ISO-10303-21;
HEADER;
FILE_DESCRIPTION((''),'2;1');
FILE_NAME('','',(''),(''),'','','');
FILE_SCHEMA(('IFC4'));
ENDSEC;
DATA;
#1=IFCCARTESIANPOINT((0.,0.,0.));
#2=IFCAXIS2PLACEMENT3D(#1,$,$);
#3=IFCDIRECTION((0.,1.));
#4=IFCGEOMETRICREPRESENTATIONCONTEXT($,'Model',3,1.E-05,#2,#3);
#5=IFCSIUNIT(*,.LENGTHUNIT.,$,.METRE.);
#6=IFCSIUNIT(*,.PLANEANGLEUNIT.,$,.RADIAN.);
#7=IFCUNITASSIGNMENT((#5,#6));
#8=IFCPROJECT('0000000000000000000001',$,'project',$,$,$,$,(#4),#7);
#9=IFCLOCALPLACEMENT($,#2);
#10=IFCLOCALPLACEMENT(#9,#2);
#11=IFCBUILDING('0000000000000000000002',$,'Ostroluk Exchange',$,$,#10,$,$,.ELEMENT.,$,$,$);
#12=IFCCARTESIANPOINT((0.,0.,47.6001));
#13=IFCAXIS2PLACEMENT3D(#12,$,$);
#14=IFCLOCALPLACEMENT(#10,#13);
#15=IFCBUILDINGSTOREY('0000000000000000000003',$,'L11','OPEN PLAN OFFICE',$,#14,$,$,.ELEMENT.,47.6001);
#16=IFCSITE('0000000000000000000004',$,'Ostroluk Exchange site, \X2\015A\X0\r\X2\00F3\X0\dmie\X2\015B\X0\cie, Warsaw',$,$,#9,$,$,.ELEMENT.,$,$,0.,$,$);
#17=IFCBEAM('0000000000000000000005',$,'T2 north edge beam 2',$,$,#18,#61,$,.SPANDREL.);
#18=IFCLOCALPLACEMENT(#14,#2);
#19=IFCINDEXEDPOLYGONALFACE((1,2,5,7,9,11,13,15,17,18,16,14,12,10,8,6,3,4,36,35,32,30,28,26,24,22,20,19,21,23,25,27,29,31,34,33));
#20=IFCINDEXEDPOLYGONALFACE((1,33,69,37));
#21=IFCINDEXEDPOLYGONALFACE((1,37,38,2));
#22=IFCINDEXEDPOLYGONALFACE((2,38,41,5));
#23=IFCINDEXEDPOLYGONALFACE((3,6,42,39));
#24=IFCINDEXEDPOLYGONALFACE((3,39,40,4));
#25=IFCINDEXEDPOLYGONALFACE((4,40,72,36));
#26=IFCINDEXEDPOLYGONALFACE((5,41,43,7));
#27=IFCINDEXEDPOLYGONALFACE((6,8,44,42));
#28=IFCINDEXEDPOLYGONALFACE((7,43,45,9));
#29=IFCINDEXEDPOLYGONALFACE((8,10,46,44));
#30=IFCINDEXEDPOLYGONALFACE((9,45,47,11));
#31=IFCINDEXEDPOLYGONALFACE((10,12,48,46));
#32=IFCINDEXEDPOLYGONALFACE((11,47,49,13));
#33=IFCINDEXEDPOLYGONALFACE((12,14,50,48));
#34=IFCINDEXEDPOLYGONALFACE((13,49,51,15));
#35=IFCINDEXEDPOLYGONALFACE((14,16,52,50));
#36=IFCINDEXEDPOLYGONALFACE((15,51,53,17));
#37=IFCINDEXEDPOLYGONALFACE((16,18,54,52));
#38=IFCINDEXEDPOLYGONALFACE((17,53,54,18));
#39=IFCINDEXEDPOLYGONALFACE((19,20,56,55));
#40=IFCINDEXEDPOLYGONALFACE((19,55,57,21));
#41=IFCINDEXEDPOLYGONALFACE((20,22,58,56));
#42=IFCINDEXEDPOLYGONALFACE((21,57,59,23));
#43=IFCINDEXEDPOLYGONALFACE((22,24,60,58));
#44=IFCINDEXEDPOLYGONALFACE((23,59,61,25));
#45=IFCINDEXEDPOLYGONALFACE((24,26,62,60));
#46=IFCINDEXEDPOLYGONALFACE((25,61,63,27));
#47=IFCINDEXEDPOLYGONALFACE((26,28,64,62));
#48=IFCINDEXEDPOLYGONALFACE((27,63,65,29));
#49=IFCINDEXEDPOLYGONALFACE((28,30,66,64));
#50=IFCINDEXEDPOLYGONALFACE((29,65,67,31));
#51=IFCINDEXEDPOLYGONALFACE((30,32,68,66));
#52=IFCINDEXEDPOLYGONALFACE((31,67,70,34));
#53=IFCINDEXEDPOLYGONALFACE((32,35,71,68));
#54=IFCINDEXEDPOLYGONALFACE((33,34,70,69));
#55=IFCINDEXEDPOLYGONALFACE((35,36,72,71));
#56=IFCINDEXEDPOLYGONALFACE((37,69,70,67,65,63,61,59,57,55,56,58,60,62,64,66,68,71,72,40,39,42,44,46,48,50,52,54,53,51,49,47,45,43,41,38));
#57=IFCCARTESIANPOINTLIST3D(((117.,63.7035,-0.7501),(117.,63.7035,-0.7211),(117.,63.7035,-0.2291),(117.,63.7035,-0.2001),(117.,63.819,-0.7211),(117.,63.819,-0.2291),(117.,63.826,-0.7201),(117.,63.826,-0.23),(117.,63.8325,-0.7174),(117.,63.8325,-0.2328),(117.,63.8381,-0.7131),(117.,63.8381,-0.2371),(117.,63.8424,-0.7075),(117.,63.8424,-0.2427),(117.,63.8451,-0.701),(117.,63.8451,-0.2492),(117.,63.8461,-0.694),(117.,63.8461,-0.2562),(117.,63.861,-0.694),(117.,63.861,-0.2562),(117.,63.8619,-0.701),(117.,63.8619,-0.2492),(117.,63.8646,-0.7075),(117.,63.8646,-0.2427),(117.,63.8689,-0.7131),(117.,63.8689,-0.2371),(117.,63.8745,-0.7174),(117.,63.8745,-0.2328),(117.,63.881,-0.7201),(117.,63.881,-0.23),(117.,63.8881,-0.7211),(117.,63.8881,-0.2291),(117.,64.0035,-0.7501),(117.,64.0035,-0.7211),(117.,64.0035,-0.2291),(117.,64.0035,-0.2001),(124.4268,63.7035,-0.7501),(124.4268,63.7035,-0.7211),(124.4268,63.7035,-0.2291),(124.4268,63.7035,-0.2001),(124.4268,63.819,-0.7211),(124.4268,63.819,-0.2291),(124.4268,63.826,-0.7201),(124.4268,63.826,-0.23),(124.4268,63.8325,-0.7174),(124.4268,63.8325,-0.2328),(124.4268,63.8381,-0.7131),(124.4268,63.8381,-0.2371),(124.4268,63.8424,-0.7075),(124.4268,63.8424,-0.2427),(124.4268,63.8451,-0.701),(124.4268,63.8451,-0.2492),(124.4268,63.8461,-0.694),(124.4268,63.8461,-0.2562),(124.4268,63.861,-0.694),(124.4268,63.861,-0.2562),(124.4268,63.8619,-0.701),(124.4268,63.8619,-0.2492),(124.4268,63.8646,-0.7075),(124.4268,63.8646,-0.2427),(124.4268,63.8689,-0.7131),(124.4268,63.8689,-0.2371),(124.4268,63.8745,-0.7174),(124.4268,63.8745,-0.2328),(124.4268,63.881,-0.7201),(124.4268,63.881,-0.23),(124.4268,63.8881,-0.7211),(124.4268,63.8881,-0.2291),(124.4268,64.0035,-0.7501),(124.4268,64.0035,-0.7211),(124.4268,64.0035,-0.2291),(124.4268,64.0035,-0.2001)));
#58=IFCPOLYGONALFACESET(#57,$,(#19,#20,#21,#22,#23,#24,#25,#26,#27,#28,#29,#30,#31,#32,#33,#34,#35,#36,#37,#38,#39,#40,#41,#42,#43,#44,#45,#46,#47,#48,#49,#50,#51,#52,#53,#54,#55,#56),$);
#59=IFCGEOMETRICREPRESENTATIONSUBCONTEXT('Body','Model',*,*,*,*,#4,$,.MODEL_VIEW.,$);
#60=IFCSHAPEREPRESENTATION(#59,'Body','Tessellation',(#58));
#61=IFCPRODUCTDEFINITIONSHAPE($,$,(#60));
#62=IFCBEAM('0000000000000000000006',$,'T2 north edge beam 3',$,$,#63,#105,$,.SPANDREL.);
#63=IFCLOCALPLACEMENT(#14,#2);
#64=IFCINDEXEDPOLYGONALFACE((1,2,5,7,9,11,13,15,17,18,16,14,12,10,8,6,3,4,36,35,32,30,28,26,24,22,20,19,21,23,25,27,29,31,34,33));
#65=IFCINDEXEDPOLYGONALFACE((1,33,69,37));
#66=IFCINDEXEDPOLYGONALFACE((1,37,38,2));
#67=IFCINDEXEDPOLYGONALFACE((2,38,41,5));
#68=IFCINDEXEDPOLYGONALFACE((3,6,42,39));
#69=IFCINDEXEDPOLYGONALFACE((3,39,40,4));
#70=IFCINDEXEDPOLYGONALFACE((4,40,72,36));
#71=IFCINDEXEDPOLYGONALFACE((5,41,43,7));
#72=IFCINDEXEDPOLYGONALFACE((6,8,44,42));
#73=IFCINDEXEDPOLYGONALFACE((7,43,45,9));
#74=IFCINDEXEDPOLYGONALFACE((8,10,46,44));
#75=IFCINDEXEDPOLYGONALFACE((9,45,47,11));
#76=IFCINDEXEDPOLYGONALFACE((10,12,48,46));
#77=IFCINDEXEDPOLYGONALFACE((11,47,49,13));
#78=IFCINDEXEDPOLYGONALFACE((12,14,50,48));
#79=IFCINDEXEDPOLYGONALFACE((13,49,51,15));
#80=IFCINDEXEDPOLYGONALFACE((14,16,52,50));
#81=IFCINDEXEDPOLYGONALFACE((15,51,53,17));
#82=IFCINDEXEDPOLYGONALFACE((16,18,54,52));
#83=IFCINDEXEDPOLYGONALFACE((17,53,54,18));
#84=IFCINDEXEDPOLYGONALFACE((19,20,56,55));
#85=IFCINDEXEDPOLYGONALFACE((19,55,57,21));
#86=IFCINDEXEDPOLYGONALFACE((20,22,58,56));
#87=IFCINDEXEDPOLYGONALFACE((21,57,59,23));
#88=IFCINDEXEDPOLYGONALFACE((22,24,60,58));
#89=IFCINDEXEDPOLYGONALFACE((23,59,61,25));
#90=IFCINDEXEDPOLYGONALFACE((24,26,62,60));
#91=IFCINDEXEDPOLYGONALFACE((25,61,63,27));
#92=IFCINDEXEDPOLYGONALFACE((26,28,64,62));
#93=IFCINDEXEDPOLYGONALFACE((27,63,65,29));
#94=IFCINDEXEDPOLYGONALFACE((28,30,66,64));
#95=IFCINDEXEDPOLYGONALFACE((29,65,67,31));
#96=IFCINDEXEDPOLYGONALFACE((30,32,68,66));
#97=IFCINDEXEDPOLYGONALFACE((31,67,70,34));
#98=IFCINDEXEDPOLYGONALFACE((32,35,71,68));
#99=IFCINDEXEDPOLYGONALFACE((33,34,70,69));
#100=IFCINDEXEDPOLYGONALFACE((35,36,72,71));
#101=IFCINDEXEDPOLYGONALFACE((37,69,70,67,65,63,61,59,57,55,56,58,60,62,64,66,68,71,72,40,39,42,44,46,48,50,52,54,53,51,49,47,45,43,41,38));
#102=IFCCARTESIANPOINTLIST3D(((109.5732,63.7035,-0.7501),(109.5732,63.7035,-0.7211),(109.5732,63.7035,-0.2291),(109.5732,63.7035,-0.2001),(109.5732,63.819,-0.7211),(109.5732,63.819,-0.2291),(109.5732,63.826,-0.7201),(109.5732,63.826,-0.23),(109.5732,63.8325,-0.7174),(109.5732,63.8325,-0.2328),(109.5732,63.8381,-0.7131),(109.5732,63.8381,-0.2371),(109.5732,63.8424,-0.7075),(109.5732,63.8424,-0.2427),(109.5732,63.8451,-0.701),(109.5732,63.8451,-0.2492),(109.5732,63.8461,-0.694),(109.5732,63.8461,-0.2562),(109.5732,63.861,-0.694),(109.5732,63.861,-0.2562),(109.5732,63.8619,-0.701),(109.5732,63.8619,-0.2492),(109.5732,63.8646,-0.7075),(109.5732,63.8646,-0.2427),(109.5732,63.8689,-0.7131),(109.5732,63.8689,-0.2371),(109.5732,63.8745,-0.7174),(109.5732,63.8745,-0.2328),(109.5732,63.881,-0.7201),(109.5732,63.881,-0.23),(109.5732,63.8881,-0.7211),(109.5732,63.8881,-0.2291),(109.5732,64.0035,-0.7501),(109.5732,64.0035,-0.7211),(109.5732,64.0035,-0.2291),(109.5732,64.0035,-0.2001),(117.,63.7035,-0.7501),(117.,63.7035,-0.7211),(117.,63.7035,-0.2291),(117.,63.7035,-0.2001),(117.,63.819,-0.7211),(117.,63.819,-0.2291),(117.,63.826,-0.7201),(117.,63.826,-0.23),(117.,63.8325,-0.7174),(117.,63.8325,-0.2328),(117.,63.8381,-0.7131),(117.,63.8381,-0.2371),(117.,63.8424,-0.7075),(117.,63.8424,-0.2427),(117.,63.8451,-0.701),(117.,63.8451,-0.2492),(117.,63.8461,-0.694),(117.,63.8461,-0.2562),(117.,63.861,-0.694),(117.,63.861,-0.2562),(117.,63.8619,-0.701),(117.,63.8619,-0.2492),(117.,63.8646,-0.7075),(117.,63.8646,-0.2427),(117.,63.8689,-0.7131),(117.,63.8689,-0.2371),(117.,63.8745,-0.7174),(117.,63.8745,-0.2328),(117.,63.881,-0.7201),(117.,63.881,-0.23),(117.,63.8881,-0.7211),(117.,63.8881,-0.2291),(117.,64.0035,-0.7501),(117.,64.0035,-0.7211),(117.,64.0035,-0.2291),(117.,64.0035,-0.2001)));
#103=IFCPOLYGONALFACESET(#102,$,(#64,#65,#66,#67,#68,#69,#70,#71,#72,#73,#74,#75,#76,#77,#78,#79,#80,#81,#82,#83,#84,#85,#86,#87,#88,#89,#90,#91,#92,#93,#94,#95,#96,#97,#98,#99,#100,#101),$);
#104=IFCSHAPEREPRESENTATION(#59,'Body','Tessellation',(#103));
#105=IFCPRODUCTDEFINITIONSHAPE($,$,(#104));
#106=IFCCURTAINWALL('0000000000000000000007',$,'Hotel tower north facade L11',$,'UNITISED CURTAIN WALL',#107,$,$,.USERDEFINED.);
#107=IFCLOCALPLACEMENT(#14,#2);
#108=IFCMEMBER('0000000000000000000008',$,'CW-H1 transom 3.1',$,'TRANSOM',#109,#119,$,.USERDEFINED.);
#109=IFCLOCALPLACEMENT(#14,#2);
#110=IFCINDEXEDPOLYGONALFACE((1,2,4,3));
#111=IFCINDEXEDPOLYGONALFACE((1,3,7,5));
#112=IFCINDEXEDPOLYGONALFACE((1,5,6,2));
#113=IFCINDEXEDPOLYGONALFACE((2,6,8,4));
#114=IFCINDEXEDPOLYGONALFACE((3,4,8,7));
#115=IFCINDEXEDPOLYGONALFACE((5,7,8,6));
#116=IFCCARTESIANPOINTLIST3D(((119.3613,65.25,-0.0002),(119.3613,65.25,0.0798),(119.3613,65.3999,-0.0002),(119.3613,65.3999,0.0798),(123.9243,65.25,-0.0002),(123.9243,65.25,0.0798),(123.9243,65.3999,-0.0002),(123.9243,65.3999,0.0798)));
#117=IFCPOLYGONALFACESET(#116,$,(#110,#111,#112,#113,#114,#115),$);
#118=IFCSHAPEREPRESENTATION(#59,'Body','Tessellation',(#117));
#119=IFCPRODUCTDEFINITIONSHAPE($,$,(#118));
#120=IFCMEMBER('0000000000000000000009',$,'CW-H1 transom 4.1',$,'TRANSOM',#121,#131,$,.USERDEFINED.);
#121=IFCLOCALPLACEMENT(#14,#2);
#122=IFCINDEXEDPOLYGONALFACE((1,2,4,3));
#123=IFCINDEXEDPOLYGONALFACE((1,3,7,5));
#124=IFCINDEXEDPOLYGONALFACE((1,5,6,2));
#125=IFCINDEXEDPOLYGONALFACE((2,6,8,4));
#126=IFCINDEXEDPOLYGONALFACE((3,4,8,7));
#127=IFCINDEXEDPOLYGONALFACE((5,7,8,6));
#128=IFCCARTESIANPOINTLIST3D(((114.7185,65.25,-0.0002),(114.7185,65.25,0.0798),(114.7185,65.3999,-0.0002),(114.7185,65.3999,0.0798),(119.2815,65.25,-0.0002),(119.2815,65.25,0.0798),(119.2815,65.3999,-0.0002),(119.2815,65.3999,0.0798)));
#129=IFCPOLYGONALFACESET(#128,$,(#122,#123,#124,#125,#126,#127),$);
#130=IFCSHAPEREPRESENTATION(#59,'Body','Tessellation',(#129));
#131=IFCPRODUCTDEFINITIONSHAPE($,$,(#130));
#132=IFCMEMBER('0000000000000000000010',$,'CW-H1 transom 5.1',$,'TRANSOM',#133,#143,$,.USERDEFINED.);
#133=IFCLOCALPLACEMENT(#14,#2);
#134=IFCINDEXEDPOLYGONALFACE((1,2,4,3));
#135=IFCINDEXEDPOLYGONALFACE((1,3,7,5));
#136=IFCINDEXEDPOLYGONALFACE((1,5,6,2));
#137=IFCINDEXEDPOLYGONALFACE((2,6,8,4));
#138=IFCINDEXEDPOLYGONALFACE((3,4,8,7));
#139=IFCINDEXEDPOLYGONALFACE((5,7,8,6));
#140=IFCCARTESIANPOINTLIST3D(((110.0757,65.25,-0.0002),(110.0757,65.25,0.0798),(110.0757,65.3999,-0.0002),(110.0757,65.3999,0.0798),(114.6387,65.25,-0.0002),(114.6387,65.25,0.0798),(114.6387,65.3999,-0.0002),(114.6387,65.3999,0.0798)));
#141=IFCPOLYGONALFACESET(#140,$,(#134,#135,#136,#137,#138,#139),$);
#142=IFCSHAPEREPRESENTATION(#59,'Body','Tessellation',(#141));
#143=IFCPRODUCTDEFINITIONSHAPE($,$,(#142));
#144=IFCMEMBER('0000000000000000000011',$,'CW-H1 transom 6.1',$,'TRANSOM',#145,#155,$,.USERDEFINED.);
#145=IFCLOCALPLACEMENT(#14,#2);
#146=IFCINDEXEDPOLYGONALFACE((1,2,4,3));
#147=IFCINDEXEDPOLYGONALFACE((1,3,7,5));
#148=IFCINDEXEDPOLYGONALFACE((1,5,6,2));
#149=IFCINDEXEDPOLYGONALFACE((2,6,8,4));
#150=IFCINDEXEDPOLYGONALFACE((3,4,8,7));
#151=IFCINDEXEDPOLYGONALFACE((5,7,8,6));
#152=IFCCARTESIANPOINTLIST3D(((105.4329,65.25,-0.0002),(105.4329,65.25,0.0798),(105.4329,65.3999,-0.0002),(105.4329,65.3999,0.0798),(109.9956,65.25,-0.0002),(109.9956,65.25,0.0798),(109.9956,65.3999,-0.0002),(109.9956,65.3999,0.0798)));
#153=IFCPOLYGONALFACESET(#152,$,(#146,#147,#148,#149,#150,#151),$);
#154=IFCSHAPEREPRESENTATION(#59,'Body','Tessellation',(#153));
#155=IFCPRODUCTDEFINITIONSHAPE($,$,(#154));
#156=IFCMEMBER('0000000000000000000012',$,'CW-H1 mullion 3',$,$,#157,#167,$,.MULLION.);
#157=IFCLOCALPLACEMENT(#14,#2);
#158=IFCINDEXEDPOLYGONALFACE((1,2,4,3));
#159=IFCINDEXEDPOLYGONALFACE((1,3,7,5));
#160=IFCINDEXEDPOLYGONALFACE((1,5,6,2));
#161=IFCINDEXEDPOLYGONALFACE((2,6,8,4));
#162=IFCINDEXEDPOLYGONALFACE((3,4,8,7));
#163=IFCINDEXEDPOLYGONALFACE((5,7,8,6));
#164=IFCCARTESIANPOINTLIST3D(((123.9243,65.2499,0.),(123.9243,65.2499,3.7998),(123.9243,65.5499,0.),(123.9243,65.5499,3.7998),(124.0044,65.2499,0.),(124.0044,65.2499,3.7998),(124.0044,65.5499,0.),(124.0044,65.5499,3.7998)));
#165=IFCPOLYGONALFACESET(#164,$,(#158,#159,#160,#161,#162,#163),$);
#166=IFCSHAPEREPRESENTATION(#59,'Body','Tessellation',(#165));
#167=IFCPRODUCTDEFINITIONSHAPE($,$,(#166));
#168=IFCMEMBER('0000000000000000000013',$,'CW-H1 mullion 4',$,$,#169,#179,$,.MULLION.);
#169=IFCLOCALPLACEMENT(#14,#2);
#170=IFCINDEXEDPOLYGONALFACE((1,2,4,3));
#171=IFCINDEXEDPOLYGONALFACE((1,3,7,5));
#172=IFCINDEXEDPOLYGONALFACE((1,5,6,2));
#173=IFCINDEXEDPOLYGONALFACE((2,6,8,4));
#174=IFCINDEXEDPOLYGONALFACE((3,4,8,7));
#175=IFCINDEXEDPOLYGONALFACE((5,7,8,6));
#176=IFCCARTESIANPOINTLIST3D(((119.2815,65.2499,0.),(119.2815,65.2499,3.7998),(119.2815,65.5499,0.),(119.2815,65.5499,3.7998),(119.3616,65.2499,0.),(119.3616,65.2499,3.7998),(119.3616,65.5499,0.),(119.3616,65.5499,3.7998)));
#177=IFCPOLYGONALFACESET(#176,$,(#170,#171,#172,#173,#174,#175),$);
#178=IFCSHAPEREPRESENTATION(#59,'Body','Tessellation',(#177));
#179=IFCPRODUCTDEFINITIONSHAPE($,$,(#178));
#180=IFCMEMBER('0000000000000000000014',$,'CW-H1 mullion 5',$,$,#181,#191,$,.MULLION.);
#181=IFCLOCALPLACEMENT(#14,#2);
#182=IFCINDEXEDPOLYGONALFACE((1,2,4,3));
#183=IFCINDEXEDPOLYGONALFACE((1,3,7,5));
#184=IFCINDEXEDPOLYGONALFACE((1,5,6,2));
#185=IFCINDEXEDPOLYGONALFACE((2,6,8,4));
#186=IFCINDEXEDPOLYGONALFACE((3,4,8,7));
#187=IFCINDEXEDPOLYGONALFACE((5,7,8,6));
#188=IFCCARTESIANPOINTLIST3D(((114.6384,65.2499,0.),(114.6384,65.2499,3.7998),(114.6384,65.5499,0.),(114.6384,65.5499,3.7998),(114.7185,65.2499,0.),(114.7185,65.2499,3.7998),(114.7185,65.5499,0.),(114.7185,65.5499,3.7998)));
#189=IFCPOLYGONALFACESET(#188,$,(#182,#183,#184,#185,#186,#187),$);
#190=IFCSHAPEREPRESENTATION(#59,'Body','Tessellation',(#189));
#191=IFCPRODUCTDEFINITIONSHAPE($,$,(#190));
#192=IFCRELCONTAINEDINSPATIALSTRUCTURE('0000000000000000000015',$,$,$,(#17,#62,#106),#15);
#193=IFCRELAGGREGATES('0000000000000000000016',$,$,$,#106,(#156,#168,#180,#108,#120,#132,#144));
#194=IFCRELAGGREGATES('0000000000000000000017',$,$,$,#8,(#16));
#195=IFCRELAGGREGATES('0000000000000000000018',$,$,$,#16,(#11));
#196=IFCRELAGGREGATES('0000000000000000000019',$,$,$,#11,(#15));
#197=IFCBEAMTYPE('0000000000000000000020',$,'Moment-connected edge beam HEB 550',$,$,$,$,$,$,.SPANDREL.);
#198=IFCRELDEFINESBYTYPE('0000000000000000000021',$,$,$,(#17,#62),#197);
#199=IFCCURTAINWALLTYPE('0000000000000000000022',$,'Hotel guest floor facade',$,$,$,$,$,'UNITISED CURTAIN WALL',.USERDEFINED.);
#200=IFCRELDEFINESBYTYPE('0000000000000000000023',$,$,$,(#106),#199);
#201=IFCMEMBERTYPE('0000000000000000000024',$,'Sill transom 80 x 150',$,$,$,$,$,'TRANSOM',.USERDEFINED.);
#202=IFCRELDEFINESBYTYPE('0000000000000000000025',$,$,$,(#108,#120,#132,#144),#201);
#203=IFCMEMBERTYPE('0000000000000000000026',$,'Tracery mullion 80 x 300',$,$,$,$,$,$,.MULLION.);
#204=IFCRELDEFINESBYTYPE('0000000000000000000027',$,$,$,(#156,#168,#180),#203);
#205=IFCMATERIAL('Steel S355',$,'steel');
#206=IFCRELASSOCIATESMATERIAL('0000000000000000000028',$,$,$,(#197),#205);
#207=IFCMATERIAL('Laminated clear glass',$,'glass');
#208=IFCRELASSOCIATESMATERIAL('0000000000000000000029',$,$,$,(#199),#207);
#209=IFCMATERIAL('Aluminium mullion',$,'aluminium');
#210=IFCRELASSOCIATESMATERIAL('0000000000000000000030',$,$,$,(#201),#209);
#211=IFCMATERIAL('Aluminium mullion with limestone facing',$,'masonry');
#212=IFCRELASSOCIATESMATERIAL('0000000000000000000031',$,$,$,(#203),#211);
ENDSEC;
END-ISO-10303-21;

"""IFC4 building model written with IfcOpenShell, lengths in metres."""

from ifc_helpers import new_model, si_unit, direction, frame, origin, origin_2d, place, context, subcontext, project, spatial, rectangle, i_section, extrude, material, material_profile, profile_set, type_object, element, aggregate, save


model = new_model("IFC4")

# Units and contexts
model_context = context("Model", 3, precision=1e-05, world=origin(), true_north=direction((0.0, 1.0)))
body_context = subcontext(model_context, "Body", "Model", "MODEL_VIEW")
ifc_project = project(units=[si_unit("LENGTHUNIT", "METRE"), si_unit("PLANEANGLEUNIT", "RADIAN")], contexts=[model_context])

# Site, building, storey
site_placement = place(None, origin())
site = spatial("IfcSite", under=ifc_project, at=site_placement, Name="Ostroluk Exchange site, Śródmieście, Warsaw", CompositionType="ELEMENT", RefElevation=0.0)
building_placement = place(site_placement, origin())
building = spatial("IfcBuilding", under=site, at=building_placement, Name="Ostroluk Exchange", CompositionType="ELEMENT")
storey_placement = place(building_placement, frame((0.0, 0.0, 47.6001)))
storey = spatial("IfcBuildingStorey", under=building, at=storey_placement, Name="L11", Description="OPEN PLAN OFFICE", CompositionType="ELEMENT", Elevation=47.6001)

# Beams
ifc_material_1 = material(Name="Steel S355", Category="steel")
ifc_material_profile_1 = material_profile(ifc_material_1, i_section(OverallWidth=0.3, OverallDepth=0.55, WebThickness=0.0149, FlangeThickness=0.0291, FilletRadius=0.0271, at=origin_2d()), Name="HEB 550")
ifc_profile_set_1 = profile_set([ifc_material_profile_1], Name="Steel S355")
beam_type = type_object("IfcBeamType", Name="Moment-connected edge beam HEB 550", PredefinedType="SPANDREL", material=ifc_profile_set_1)
for number, where, z_axis, x_axis, name in (
    (1, (124.4268, 63.8535, -0.4751), (-1.0, 0.0, 0.0), (0.0, -1.0, 0.0), "T2 north edge beam 2"),
    (2, (117.0, 63.8535, -0.4751), (-1.0, 0.0, 0.0), (0.0, -1.0, 0.0), "T2 north edge beam 3"),
):
    element("IfcBeam", number, at=place(storey_placement, frame(where, z_axis=z_axis, x_axis=x_axis)), inside=storey, type_object=beam_type, Name=name, PredefinedType="SPANDREL", context=body_context, shape_type="SweptSolid", body=[
        extrude(i_section(OverallWidth=0.3, OverallDepth=0.55, WebThickness=0.0149, FlangeThickness=0.0291, FilletRadius=0.0271, at=origin_2d()), origin(), (0.0, 0.0, 1.0), 7.4268),
    ])

# Curtain wall, members
ifc_material_2 = material(Name="Laminated clear glass", Category="glass")
curtain_wall_type = type_object("IfcCurtainWallType", Name="Hotel guest floor facade", ElementType="UNITISED CURTAIN WALL", PredefinedType="USERDEFINED", material=ifc_material_2)
curtain_wall_placement = place(storey_placement, origin())
curtain_wall = element("IfcCurtainWall", 3, at=curtain_wall_placement, inside=storey, type_object=curtain_wall_type, Name="Hotel tower north facade L11", ObjectType="UNITISED CURTAIN WALL", PredefinedType="USERDEFINED")
ifc_material_3 = material(Name="Aluminium mullion", Category="aluminium")
ifc_material_profile_2 = material_profile(ifc_material_3, rectangle(XDim=0.1499, YDim=0.0801, at=origin_2d()), Name="Sill transom 80 x 150")
ifc_profile_set_2 = profile_set([ifc_material_profile_2], Name="Aluminium mullion")
member_type_1 = type_object("IfcMemberType", Name="Sill transom 80 x 150", ElementType="TRANSOM", PredefinedType="USERDEFINED", material=ifc_profile_set_2)
member_1_placement = place(storey_placement, frame((123.9243, 65.325, 0.0398), z_axis=(-1.0, 0.0, 0.0), x_axis=(0.0, -1.0, 0.0)))
member_1 = element("IfcMember", 4, at=member_1_placement, type_object=member_type_1, Name="CW-H1 transom 3.1", ObjectType="TRANSOM", PredefinedType="USERDEFINED", context=body_context, shape_type="SweptSolid", body=[
    extrude(rectangle(XDim=0.1499, YDim=0.0801, at=origin_2d()), origin(), (0.0, 0.0, 1.0), 4.563),
])
member_2_placement = place(storey_placement, frame((119.2815, 65.325, 0.0398), z_axis=(-1.0, 0.0, 0.0), x_axis=(0.0, -1.0, 0.0)))
member_2 = element("IfcMember", 5, at=member_2_placement, type_object=member_type_1, Name="CW-H1 transom 4.1", ObjectType="TRANSOM", PredefinedType="USERDEFINED", context=body_context, shape_type="SweptSolid", body=[
    extrude(rectangle(XDim=0.1499, YDim=0.0801, at=origin_2d()), origin(), (0.0, 0.0, 1.0), 4.563),
])
member_3_placement = place(storey_placement, frame((114.6387, 65.325, 0.0398), z_axis=(-1.0, 0.0, 0.0), x_axis=(0.0, -1.0, 0.0)))
member_3 = element("IfcMember", 6, at=member_3_placement, type_object=member_type_1, Name="CW-H1 transom 5.1", ObjectType="TRANSOM", PredefinedType="USERDEFINED", context=body_context, shape_type="SweptSolid", body=[
    extrude(rectangle(XDim=0.1499, YDim=0.0801, at=origin_2d()), origin(), (0.0, 0.0, 1.0), 4.563),
])
member_4_placement = place(storey_placement, frame((109.9956, 65.325, 0.0398), z_axis=(-1.0, 0.0, 0.0), x_axis=(0.0, -1.0, 0.0)))
member_4 = element("IfcMember", 7, at=member_4_placement, type_object=member_type_1, Name="CW-H1 transom 6.1", ObjectType="TRANSOM", PredefinedType="USERDEFINED", context=body_context, shape_type="SweptSolid", body=[
    extrude(rectangle(XDim=0.1499, YDim=0.0801, at=origin_2d()), origin(), (0.0, 0.0, 1.0), 4.5627),
])
ifc_material_4 = material(Name="Aluminium mullion with limestone facing", Category="masonry")
ifc_material_profile_3 = material_profile(ifc_material_4, rectangle(XDim=0.3, YDim=0.0801, at=origin_2d()), Name="Tracery mullion 80 x 300")
ifc_profile_set_3 = profile_set([ifc_material_profile_3], Name="Aluminium mullion with limestone facing")
member_type_2 = type_object("IfcMemberType", Name="Tracery mullion 80 x 300", PredefinedType="MULLION", material=ifc_profile_set_3)
member_5_placement = place(storey_placement, frame((123.9644, 65.3999, 0.0), z_axis=(0.0, 0.0, 1.0), x_axis=(0.0, -1.0, 0.0)))
member_5 = element("IfcMember", 8, at=member_5_placement, type_object=member_type_2, Name="CW-H1 mullion 3", PredefinedType="MULLION", context=body_context, shape_type="SweptSolid", body=[
    extrude(rectangle(XDim=0.3, YDim=0.0801, at=origin_2d()), origin(), (0.0, 0.0, 1.0), 3.7998),
])
member_6_placement = place(storey_placement, frame((119.3215, 65.3999, 0.0), z_axis=(0.0, 0.0, 1.0), x_axis=(0.0, -1.0, 0.0)))
member_6 = element("IfcMember", 9, at=member_6_placement, type_object=member_type_2, Name="CW-H1 mullion 4", PredefinedType="MULLION", context=body_context, shape_type="SweptSolid", body=[
    extrude(rectangle(XDim=0.3, YDim=0.0801, at=origin_2d()), origin(), (0.0, 0.0, 1.0), 3.7998),
])
member_7_placement = place(storey_placement, frame((114.6785, 65.3999, 0.0), z_axis=(0.0, 0.0, 1.0), x_axis=(0.0, -1.0, 0.0)))
member_7 = element("IfcMember", 10, at=member_7_placement, type_object=member_type_2, Name="CW-H1 mullion 5", PredefinedType="MULLION", context=body_context, shape_type="SweptSolid", body=[
    extrude(rectangle(XDim=0.3, YDim=0.0801, at=origin_2d()), origin(), (0.0, 0.0, 1.0), 3.7998),
])
aggregate(curtain_wall, [member_5, member_6, member_7, member_1, member_2, member_3, member_4])

save(model, "model.ifc")
